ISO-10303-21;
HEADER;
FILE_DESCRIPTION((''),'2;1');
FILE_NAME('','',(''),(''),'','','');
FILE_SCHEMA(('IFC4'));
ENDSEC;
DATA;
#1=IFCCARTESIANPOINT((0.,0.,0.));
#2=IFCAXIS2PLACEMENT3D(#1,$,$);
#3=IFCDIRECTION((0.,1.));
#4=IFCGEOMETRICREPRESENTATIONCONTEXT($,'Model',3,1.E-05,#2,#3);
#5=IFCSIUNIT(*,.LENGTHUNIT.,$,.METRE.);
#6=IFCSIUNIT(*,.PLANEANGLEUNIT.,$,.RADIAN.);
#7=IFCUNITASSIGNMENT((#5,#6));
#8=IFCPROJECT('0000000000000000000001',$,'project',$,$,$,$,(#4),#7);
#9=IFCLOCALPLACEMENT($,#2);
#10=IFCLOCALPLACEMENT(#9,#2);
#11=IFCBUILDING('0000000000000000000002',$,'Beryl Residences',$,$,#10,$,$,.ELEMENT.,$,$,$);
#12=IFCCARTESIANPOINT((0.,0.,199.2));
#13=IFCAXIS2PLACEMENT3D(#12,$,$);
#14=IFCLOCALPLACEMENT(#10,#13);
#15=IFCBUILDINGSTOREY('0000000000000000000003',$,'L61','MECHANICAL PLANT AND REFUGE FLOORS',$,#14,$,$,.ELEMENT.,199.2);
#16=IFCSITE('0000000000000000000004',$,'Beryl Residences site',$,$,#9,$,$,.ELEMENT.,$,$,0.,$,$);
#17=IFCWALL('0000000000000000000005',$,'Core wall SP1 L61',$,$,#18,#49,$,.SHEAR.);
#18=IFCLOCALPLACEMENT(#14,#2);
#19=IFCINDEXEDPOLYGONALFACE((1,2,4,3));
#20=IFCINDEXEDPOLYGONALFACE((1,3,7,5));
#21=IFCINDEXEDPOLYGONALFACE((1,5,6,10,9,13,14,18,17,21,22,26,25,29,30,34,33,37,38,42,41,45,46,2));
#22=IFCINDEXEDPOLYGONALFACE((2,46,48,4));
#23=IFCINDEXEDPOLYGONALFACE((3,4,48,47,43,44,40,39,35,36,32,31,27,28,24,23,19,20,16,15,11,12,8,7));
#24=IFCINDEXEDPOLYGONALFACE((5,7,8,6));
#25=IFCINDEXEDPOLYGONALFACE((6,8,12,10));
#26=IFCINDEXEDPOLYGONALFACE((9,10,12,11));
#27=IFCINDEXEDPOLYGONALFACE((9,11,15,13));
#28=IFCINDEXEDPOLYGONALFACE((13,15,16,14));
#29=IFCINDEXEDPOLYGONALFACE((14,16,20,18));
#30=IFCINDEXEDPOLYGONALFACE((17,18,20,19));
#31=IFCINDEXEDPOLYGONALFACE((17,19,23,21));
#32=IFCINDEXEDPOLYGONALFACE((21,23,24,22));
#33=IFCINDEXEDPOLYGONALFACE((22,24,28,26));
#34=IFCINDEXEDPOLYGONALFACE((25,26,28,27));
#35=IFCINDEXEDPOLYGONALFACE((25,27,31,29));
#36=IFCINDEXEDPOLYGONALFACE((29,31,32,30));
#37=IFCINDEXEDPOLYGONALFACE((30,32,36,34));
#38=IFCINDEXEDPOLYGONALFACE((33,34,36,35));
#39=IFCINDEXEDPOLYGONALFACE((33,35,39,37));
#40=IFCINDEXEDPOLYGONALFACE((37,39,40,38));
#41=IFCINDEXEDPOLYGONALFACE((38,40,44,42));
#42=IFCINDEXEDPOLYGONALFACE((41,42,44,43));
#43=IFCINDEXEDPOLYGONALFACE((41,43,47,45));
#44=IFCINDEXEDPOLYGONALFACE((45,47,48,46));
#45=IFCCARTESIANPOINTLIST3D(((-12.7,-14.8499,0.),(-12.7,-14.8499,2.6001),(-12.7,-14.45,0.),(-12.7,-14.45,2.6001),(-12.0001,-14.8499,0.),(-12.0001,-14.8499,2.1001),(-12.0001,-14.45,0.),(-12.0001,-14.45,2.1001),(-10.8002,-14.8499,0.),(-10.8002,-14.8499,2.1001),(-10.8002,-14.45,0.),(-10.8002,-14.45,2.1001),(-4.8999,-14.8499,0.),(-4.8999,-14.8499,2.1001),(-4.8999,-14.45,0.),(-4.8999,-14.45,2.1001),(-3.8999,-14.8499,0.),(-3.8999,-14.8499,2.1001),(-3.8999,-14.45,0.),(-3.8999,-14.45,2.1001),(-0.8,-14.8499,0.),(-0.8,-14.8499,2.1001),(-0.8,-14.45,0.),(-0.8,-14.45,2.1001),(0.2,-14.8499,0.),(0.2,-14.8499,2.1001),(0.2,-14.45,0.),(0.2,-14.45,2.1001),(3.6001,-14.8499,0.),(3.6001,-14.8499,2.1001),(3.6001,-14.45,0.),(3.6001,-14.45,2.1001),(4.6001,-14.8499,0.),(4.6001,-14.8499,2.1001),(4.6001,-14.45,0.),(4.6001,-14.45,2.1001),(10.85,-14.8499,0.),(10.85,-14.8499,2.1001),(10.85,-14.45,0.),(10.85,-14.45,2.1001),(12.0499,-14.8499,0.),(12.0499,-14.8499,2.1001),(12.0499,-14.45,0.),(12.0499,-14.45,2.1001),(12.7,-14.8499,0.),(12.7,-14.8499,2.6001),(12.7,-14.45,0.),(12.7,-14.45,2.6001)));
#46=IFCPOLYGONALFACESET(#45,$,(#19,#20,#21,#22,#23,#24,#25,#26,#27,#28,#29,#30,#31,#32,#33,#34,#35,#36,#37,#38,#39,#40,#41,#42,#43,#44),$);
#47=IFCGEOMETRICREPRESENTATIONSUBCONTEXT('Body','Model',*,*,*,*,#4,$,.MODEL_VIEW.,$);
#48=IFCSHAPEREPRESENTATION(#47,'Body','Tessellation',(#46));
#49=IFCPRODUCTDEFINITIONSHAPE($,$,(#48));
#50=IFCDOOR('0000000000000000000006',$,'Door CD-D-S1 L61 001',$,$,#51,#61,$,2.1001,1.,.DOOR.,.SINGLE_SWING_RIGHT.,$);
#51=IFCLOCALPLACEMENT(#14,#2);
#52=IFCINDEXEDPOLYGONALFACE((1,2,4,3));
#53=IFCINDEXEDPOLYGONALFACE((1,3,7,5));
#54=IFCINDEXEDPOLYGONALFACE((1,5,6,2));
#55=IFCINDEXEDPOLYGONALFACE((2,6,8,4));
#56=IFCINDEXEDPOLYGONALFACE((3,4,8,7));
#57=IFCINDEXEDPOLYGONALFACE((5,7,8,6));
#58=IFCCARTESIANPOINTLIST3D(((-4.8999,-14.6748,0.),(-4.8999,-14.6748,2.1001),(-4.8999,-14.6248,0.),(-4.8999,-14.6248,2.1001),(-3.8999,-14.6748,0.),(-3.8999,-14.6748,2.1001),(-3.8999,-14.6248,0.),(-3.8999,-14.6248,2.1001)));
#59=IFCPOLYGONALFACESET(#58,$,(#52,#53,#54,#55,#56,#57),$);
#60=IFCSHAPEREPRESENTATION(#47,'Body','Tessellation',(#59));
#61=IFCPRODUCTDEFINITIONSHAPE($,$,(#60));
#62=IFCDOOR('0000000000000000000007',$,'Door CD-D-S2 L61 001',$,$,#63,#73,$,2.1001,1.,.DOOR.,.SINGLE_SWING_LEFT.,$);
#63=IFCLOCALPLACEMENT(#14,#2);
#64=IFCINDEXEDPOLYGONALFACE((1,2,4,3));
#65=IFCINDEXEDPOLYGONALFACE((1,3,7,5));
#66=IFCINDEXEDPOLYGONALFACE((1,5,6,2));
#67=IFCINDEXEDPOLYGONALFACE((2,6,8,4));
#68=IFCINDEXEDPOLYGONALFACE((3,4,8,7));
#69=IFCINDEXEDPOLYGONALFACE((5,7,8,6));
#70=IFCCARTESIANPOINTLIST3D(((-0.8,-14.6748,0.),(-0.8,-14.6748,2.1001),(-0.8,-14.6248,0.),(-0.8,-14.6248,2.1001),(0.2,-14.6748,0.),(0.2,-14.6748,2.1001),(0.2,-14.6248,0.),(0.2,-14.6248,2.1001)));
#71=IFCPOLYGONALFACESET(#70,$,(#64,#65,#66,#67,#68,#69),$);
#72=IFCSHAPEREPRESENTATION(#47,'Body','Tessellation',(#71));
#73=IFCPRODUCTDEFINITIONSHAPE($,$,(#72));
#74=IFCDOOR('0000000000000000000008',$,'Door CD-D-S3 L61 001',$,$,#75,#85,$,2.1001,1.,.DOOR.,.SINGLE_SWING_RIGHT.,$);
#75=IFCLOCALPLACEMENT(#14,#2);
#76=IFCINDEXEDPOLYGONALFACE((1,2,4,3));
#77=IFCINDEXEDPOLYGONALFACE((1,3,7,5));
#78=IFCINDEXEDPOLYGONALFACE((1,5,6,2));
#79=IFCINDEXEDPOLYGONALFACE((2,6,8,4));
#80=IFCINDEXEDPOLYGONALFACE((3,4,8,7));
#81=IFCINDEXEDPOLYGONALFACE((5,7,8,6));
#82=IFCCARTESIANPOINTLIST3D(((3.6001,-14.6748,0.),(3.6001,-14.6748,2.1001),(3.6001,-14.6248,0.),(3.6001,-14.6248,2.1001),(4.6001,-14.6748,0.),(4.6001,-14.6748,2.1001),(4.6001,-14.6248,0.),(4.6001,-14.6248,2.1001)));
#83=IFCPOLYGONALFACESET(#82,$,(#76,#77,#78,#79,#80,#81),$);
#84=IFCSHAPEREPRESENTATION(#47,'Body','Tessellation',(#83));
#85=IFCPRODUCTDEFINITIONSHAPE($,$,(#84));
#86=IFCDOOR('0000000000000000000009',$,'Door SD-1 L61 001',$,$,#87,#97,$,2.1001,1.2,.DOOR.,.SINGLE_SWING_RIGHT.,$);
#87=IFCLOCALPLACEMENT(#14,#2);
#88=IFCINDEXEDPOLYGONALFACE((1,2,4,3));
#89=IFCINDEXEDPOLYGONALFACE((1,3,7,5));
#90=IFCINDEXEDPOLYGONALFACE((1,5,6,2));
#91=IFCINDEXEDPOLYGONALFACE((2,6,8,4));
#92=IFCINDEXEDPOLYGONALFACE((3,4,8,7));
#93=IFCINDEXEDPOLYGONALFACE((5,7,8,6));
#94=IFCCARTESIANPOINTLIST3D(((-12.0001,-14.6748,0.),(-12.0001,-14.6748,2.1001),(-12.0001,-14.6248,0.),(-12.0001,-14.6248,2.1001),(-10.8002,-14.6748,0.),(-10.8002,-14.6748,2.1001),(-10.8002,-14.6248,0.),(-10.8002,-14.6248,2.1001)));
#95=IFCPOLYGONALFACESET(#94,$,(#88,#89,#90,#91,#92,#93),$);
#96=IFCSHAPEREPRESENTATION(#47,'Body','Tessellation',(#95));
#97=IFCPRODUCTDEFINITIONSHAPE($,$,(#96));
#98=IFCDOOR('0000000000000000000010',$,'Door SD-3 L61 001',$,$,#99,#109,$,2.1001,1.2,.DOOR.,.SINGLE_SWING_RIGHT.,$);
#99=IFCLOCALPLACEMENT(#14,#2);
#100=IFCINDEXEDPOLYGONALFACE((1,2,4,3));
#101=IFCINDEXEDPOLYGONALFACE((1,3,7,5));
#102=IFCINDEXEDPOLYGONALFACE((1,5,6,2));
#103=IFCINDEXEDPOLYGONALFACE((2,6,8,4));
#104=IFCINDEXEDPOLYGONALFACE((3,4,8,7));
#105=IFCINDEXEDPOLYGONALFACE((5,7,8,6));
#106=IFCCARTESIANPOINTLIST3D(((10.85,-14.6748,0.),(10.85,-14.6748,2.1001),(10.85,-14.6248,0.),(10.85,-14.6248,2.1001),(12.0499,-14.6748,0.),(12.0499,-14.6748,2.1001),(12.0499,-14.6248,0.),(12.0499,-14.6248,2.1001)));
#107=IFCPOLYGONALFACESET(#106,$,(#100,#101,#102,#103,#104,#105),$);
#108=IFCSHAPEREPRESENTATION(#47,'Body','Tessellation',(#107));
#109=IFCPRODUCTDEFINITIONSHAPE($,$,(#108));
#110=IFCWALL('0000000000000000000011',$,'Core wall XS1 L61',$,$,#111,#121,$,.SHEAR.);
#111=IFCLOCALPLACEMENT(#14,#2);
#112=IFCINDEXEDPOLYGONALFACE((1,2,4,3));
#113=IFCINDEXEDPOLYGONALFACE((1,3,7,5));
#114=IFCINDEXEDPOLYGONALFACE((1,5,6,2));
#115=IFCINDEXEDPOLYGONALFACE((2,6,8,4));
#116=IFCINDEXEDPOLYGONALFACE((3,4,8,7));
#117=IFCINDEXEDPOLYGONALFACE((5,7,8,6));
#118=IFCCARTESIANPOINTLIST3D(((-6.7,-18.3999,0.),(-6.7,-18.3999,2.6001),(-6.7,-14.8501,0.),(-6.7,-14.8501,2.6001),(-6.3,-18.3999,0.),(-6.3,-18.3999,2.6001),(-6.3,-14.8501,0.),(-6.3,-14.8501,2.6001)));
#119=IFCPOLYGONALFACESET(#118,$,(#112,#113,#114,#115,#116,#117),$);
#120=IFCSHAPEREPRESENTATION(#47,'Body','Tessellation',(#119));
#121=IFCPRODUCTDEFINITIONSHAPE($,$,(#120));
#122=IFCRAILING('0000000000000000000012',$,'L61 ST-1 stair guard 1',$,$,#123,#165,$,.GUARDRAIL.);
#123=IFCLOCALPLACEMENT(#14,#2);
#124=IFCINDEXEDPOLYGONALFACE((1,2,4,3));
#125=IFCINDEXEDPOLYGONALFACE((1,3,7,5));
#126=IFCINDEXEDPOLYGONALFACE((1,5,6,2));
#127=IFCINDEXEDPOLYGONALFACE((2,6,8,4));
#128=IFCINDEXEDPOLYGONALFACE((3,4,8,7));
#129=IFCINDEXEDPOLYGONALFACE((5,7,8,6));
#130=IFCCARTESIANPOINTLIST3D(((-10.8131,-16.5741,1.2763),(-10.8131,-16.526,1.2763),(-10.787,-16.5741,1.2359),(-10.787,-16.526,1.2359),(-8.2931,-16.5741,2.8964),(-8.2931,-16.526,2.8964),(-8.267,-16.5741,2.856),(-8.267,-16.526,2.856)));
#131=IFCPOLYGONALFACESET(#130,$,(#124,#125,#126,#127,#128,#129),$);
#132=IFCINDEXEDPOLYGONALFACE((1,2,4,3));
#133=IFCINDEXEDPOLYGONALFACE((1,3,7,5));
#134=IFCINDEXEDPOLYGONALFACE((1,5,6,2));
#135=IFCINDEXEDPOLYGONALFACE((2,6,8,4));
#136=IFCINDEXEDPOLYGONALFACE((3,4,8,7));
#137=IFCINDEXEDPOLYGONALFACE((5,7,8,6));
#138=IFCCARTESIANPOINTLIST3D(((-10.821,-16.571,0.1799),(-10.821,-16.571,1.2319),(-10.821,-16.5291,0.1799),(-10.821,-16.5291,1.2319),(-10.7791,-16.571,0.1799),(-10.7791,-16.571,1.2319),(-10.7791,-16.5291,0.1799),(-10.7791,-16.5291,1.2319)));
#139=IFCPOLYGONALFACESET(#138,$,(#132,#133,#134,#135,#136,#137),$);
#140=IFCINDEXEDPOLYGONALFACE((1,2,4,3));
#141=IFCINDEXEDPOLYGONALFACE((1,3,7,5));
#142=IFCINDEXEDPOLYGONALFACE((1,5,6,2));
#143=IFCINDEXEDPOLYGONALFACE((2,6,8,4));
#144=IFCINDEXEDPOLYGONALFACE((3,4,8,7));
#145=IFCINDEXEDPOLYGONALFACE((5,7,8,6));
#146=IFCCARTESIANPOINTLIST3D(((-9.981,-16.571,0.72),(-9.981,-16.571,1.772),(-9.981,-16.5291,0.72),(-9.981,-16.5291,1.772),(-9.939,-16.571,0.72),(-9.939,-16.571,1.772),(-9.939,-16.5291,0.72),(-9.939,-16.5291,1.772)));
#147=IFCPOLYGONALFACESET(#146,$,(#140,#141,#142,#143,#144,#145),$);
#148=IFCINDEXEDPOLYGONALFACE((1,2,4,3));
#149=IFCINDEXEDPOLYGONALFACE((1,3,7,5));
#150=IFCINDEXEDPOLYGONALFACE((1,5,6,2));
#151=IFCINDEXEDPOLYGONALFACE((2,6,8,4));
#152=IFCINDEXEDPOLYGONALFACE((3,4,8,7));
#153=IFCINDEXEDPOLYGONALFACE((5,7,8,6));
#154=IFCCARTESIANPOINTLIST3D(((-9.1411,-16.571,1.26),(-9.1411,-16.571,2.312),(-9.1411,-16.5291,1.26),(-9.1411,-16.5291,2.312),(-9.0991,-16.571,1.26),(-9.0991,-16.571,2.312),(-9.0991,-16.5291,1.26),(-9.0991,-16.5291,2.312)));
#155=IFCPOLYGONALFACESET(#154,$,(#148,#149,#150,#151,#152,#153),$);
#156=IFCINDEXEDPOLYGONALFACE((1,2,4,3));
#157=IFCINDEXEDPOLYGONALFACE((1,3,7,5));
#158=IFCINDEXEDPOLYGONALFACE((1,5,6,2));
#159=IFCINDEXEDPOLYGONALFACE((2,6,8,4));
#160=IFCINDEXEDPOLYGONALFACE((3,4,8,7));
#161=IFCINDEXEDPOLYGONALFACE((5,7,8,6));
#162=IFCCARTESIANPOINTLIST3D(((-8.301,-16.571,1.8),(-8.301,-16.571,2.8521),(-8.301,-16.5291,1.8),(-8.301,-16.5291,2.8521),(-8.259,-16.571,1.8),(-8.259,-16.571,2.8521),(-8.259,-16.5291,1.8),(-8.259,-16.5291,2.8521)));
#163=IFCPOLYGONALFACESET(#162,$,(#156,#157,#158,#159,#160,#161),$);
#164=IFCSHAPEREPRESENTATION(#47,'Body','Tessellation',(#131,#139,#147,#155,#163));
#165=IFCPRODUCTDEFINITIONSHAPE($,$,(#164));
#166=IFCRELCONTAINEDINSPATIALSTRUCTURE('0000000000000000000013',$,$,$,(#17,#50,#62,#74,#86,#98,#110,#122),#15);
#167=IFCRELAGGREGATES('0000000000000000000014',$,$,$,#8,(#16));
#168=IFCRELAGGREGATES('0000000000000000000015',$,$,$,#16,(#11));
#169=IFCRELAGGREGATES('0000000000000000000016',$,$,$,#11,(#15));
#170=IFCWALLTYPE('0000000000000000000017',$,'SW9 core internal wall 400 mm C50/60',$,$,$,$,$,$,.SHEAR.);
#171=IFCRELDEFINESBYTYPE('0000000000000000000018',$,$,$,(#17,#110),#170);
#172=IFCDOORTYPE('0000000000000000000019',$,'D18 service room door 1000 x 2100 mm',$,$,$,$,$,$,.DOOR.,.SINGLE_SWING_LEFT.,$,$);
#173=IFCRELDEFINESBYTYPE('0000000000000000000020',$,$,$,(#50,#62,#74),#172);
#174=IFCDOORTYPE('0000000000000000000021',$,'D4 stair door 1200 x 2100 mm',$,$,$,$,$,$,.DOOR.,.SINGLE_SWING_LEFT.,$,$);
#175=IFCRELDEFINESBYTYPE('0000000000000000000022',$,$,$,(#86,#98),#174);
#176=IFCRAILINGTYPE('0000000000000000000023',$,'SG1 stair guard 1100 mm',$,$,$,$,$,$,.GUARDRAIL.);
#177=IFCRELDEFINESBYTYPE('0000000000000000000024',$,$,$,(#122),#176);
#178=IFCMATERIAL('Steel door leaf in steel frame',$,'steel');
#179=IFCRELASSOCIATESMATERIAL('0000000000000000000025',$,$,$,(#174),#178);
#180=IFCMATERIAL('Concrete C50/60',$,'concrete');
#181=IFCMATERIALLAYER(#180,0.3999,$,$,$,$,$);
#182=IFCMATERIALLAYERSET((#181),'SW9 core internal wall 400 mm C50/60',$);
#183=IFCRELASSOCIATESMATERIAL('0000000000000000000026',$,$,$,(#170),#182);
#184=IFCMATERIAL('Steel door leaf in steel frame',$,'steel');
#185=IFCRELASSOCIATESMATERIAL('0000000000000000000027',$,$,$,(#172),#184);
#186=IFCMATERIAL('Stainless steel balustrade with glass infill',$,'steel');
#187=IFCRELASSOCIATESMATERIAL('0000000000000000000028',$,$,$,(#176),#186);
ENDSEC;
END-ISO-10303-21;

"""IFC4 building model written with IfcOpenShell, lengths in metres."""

from ifc_helpers import new_model, si_unit, direction, frame, frame_2d, origin, origin_2d, place, context, subcontext, project, spatial, rectangle, extrude, material, layer, layer_set, type_object, element, fill, save


model = new_model("IFC4")

# Units and contexts
model_context = context("Model", 3, precision=1e-05, world=origin(), true_north=direction((0.0, 1.0)))
body_context = subcontext(model_context, "Body", "Model", "MODEL_VIEW")
ifc_project = project(units=[si_unit("LENGTHUNIT", "METRE"), si_unit("PLANEANGLEUNIT", "RADIAN")], contexts=[model_context])

# Site, building, storey
site_placement = place(None, origin())
site = spatial("IfcSite", under=ifc_project, at=site_placement, Name="Beryl Residences site", CompositionType="ELEMENT", RefElevation=0.0)
building_placement = place(site_placement, origin())
building = spatial("IfcBuilding", under=site, at=building_placement, Name="Beryl Residences", CompositionType="ELEMENT")
storey_placement = place(building_placement, frame((0.0, 0.0, 199.2)))
storey = spatial("IfcBuildingStorey", under=building, at=storey_placement, Name="L61", Description="MECHANICAL PLANT AND REFUGE FLOORS", CompositionType="ELEMENT", Elevation=199.2)

# Shared definitions
ifc_material_1 = material(Name="Steel door leaf in steel frame", Category="steel")
door_type_1 = type_object("IfcDoorType", Name="D4 stair door 1200 x 2100 mm", OperationType="SINGLE_SWING_LEFT", PredefinedType="DOOR", material=ifc_material_1)

# Wall, openings, doors
ifc_material_2 = material(Name="Concrete C50/60", Category="concrete")
ifc_layer_1 = layer(ifc_material_2, 0.3999)
ifc_layer_set_1 = layer_set([ifc_layer_1], Name="SW9 core internal wall 400 mm C50/60")
wall_type_1 = type_object("IfcWallType", Name="SW9 core internal wall 400 mm C50/60", PredefinedType="SHEAR", material=ifc_layer_set_1)
wall_1_placement = place(storey_placement, frame((-12.7, -14.6499, 0.0), z_axis=(0.0, 0.0, 1.0), x_axis=(1.0, 0.0, 0.0)))
wall_1 = element("IfcWall", 1, at=wall_1_placement, inside=storey, type_object=wall_type_1, Name="Core wall SP1 L61", PredefinedType="SHEAR", context=body_context, shape_type="SweptSolid", body=[
    extrude(rectangle(XDim=25.3999, YDim=0.3999, at=frame_2d((12.7, 0.0))), origin(), (0.0, 0.0, 1.0), 2.6001),
])
opening_1_placement = place(wall_1_placement, frame((1.8999, 0.0, 0.0), z_axis=(0.0, 0.0, 1.0), x_axis=(-1.0, 0.0, 0.0)))
opening_1 = element("IfcOpeningElement", 2, at=opening_1_placement, cuts=wall_1, PredefinedType="OPENING", context=body_context, shape_type="SweptSolid", body=[
    extrude(rectangle(XDim=1.2, YDim=2.1001, at=frame_2d((0.6001, 1.05))), frame((0.0, 0.21, 0.0), z_axis=(0.0, -1.0, 0.0), x_axis=(1.0, 0.0, 0.0)), (0.0, 0.0, 1.0), 0.4199),
])
opening_2_placement = place(wall_1_placement, frame((24.75, 0.0, 0.0), z_axis=(0.0, 0.0, 1.0), x_axis=(-1.0, 0.0, 0.0)))
opening_2 = element("IfcOpeningElement", 3, at=opening_2_placement, cuts=wall_1, PredefinedType="OPENING", context=body_context, shape_type="SweptSolid", body=[
    extrude(rectangle(XDim=1.2, YDim=2.1001, at=frame_2d((0.6001, 1.05))), frame((0.0, 0.21, 0.0), z_axis=(0.0, -1.0, 0.0), x_axis=(1.0, 0.0, 0.0)), (0.0, 0.0, 1.0), 0.4199),
])
opening_3_placement = place(wall_1_placement, frame((8.8, 0.0, 0.0), z_axis=(0.0, 0.0, 1.0), x_axis=(-1.0, 0.0, 0.0)))
opening_3 = element("IfcOpeningElement", 4, at=opening_3_placement, cuts=wall_1, PredefinedType="OPENING", context=body_context, shape_type="SweptSolid", body=[
    extrude(rectangle(XDim=1.0, YDim=2.1001, at=frame_2d((0.5, 1.05))), frame((0.0, 0.21, 0.0), z_axis=(0.0, -1.0, 0.0), x_axis=(1.0, 0.0, 0.0)), (0.0, 0.0, 1.0), 0.4199),
])
opening_4_placement = place(wall_1_placement, frame((12.8999, 0.0, 0.0), z_axis=(0.0, 0.0, 1.0), x_axis=(-1.0, 0.0, 0.0)))
opening_4 = element("IfcOpeningElement", 5, at=opening_4_placement, cuts=wall_1, PredefinedType="OPENING", context=body_context, shape_type="SweptSolid", body=[
    extrude(rectangle(XDim=1.0, YDim=2.1001, at=frame_2d((0.5, 1.05))), frame((0.0, 0.21, 0.0), z_axis=(0.0, -1.0, 0.0), x_axis=(1.0, 0.0, 0.0)), (0.0, 0.0, 1.0), 0.4199),
])
opening_5_placement = place(wall_1_placement, frame((17.3, 0.0, 0.0), z_axis=(0.0, 0.0, 1.0), x_axis=(-1.0, 0.0, 0.0)))
opening_5 = element("IfcOpeningElement", 6, at=opening_5_placement, cuts=wall_1, PredefinedType="OPENING", context=body_context, shape_type="SweptSolid", body=[
    extrude(rectangle(XDim=1.0, YDim=2.1001, at=frame_2d((0.5, 1.05))), frame((0.0, 0.21, 0.0), z_axis=(0.0, -1.0, 0.0), x_axis=(1.0, 0.0, 0.0)), (0.0, 0.0, 1.0), 0.4199),
])
ifc_material_3 = material(Name="Steel door leaf in steel frame", Category="steel")
door_type_2 = type_object("IfcDoorType", Name="D18 service room door 1000 x 2100 mm", OperationType="SINGLE_SWING_LEFT", PredefinedType="DOOR", material=ifc_material_3)
door_1_placement = place(opening_3_placement, origin())
door_1 = element("IfcDoor", 7, at=door_1_placement, inside=storey, type_object=door_type_2, Name="Door CD-D-S1 L61 001", OperationType="SINGLE_SWING_RIGHT", OverallHeight=2.1001, OverallWidth=1.0, PredefinedType="DOOR", context=body_context, shape_type="SweptSolid", body=[
    extrude(rectangle(XDim=1.0, YDim=2.1001, at=frame_2d((0.5, 1.05))), frame((0.0, 0.0249, 0.0), z_axis=(0.0, -1.0, 0.0), x_axis=(1.0, 0.0, 0.0)), (0.0, 0.0, 1.0), 0.05),
])
fill(opening_3, door_1)
door_2_placement = place(opening_4_placement, origin())
door_2 = element("IfcDoor", 8, at=door_2_placement, inside=storey, type_object=door_type_2, Name="Door CD-D-S2 L61 001", OperationType="SINGLE_SWING_LEFT", OverallHeight=2.1001, OverallWidth=1.0, PredefinedType="DOOR", context=body_context, shape_type="SweptSolid", body=[
    extrude(rectangle(XDim=1.0, YDim=2.1001, at=frame_2d((0.5, 1.05))), frame((0.0, 0.0249, 0.0), z_axis=(0.0, -1.0, 0.0), x_axis=(1.0, 0.0, 0.0)), (0.0, 0.0, 1.0), 0.05),
])
fill(opening_4, door_2)
door_3_placement = place(opening_5_placement, origin())
door_3 = element("IfcDoor", 9, at=door_3_placement, inside=storey, type_object=door_type_2, Name="Door CD-D-S3 L61 001", OperationType="SINGLE_SWING_RIGHT", OverallHeight=2.1001, OverallWidth=1.0, PredefinedType="DOOR", context=body_context, shape_type="SweptSolid", body=[
    extrude(rectangle(XDim=1.0, YDim=2.1001, at=frame_2d((0.5, 1.05))), frame((0.0, 0.0249, 0.0), z_axis=(0.0, -1.0, 0.0), x_axis=(1.0, 0.0, 0.0)), (0.0, 0.0, 1.0), 0.05),
])
fill(opening_5, door_3)
door_4_placement = place(opening_1_placement, origin())
door_4 = element("IfcDoor", 10, at=door_4_placement, inside=storey, type_object=door_type_1, Name="Door SD-1 L61 001", OperationType="SINGLE_SWING_RIGHT", OverallHeight=2.1001, OverallWidth=1.2, PredefinedType="DOOR", context=body_context, shape_type="SweptSolid", body=[
    extrude(rectangle(XDim=1.2, YDim=2.1001, at=frame_2d((0.6001, 1.05))), frame((0.0, 0.0249, 0.0), z_axis=(0.0, -1.0, 0.0), x_axis=(1.0, 0.0, 0.0)), (0.0, 0.0, 1.0), 0.05),
])
fill(opening_1, door_4)
door_5_placement = place(opening_2_placement, origin())
door_5 = element("IfcDoor", 11, at=door_5_placement, inside=storey, type_object=door_type_1, Name="Door SD-3 L61 001", OperationType="SINGLE_SWING_RIGHT", OverallHeight=2.1001, OverallWidth=1.2, PredefinedType="DOOR", context=body_context, shape_type="SweptSolid", body=[
    extrude(rectangle(XDim=1.2, YDim=2.1001, at=frame_2d((0.6001, 1.05))), frame((0.0, 0.0249, 0.0), z_axis=(0.0, -1.0, 0.0), x_axis=(1.0, 0.0, 0.0)), (0.0, 0.0, 1.0), 0.05),
])
fill(opening_2, door_5)

# Wall
wall_2_placement = place(storey_placement, frame((-6.5, -18.3999, 0.0), z_axis=(0.0, 0.0, 1.0), x_axis=(0.0, 1.0, 0.0)))
element("IfcWall", 12, at=wall_2_placement, inside=storey, type_object=wall_type_1, Name="Core wall XS1 L61", PredefinedType="SHEAR", context=body_context, shape_type="SweptSolid", body=[
    extrude(rectangle(XDim=3.5498, YDim=0.3999, at=frame_2d((1.7749, 0.0))), origin(), (0.0, 0.0, 1.0), 2.6001),
])

# Railing
ifc_material_4 = material(Name="Stainless steel balustrade with glass infill", Category="steel")
railing_type_1 = type_object("IfcRailingType", Name="SG1 stair guard 1100 mm", PredefinedType="GUARDRAIL", material=ifc_material_4)
railing_1_placement = place(storey_placement, frame((-10.8, -16.55, 0.1799)))
element("IfcRailing", 13, at=railing_1_placement, inside=storey, type_object=railing_type_1, Name="L61 ST-1 stair guard 1", PredefinedType="GUARDRAIL", context=body_context, shape_type="SweptSolid", body=[
    extrude(rectangle(XDim=0.0481, YDim=0.0481, at=origin_2d()), frame((0.0, 0.0, 1.0762), z_axis=(0.841163, 0.0, 0.540782), x_axis=(0.0, 1.0, 0.0)), (0.0, 0.0, 1.0), 2.9958),
    extrude(rectangle(XDim=0.042, YDim=0.042, at=origin_2d()), origin(), (0.0, 0.0, 1.0), 1.052),
    extrude(rectangle(XDim=0.042, YDim=0.042, at=origin_2d()), frame((0.8401, 0.0, 0.54)), (0.0, 0.0, 1.0), 1.052),
    extrude(rectangle(XDim=0.042, YDim=0.042, at=origin_2d()), frame((1.6799, 0.0, 1.0801)), (0.0, 0.0, 1.0), 1.052),
    extrude(rectangle(XDim=0.042, YDim=0.042, at=origin_2d()), frame((2.52, 0.0, 1.6201)), (0.0, 0.0, 1.0), 1.052),
])

save(model, "model.ifc")
